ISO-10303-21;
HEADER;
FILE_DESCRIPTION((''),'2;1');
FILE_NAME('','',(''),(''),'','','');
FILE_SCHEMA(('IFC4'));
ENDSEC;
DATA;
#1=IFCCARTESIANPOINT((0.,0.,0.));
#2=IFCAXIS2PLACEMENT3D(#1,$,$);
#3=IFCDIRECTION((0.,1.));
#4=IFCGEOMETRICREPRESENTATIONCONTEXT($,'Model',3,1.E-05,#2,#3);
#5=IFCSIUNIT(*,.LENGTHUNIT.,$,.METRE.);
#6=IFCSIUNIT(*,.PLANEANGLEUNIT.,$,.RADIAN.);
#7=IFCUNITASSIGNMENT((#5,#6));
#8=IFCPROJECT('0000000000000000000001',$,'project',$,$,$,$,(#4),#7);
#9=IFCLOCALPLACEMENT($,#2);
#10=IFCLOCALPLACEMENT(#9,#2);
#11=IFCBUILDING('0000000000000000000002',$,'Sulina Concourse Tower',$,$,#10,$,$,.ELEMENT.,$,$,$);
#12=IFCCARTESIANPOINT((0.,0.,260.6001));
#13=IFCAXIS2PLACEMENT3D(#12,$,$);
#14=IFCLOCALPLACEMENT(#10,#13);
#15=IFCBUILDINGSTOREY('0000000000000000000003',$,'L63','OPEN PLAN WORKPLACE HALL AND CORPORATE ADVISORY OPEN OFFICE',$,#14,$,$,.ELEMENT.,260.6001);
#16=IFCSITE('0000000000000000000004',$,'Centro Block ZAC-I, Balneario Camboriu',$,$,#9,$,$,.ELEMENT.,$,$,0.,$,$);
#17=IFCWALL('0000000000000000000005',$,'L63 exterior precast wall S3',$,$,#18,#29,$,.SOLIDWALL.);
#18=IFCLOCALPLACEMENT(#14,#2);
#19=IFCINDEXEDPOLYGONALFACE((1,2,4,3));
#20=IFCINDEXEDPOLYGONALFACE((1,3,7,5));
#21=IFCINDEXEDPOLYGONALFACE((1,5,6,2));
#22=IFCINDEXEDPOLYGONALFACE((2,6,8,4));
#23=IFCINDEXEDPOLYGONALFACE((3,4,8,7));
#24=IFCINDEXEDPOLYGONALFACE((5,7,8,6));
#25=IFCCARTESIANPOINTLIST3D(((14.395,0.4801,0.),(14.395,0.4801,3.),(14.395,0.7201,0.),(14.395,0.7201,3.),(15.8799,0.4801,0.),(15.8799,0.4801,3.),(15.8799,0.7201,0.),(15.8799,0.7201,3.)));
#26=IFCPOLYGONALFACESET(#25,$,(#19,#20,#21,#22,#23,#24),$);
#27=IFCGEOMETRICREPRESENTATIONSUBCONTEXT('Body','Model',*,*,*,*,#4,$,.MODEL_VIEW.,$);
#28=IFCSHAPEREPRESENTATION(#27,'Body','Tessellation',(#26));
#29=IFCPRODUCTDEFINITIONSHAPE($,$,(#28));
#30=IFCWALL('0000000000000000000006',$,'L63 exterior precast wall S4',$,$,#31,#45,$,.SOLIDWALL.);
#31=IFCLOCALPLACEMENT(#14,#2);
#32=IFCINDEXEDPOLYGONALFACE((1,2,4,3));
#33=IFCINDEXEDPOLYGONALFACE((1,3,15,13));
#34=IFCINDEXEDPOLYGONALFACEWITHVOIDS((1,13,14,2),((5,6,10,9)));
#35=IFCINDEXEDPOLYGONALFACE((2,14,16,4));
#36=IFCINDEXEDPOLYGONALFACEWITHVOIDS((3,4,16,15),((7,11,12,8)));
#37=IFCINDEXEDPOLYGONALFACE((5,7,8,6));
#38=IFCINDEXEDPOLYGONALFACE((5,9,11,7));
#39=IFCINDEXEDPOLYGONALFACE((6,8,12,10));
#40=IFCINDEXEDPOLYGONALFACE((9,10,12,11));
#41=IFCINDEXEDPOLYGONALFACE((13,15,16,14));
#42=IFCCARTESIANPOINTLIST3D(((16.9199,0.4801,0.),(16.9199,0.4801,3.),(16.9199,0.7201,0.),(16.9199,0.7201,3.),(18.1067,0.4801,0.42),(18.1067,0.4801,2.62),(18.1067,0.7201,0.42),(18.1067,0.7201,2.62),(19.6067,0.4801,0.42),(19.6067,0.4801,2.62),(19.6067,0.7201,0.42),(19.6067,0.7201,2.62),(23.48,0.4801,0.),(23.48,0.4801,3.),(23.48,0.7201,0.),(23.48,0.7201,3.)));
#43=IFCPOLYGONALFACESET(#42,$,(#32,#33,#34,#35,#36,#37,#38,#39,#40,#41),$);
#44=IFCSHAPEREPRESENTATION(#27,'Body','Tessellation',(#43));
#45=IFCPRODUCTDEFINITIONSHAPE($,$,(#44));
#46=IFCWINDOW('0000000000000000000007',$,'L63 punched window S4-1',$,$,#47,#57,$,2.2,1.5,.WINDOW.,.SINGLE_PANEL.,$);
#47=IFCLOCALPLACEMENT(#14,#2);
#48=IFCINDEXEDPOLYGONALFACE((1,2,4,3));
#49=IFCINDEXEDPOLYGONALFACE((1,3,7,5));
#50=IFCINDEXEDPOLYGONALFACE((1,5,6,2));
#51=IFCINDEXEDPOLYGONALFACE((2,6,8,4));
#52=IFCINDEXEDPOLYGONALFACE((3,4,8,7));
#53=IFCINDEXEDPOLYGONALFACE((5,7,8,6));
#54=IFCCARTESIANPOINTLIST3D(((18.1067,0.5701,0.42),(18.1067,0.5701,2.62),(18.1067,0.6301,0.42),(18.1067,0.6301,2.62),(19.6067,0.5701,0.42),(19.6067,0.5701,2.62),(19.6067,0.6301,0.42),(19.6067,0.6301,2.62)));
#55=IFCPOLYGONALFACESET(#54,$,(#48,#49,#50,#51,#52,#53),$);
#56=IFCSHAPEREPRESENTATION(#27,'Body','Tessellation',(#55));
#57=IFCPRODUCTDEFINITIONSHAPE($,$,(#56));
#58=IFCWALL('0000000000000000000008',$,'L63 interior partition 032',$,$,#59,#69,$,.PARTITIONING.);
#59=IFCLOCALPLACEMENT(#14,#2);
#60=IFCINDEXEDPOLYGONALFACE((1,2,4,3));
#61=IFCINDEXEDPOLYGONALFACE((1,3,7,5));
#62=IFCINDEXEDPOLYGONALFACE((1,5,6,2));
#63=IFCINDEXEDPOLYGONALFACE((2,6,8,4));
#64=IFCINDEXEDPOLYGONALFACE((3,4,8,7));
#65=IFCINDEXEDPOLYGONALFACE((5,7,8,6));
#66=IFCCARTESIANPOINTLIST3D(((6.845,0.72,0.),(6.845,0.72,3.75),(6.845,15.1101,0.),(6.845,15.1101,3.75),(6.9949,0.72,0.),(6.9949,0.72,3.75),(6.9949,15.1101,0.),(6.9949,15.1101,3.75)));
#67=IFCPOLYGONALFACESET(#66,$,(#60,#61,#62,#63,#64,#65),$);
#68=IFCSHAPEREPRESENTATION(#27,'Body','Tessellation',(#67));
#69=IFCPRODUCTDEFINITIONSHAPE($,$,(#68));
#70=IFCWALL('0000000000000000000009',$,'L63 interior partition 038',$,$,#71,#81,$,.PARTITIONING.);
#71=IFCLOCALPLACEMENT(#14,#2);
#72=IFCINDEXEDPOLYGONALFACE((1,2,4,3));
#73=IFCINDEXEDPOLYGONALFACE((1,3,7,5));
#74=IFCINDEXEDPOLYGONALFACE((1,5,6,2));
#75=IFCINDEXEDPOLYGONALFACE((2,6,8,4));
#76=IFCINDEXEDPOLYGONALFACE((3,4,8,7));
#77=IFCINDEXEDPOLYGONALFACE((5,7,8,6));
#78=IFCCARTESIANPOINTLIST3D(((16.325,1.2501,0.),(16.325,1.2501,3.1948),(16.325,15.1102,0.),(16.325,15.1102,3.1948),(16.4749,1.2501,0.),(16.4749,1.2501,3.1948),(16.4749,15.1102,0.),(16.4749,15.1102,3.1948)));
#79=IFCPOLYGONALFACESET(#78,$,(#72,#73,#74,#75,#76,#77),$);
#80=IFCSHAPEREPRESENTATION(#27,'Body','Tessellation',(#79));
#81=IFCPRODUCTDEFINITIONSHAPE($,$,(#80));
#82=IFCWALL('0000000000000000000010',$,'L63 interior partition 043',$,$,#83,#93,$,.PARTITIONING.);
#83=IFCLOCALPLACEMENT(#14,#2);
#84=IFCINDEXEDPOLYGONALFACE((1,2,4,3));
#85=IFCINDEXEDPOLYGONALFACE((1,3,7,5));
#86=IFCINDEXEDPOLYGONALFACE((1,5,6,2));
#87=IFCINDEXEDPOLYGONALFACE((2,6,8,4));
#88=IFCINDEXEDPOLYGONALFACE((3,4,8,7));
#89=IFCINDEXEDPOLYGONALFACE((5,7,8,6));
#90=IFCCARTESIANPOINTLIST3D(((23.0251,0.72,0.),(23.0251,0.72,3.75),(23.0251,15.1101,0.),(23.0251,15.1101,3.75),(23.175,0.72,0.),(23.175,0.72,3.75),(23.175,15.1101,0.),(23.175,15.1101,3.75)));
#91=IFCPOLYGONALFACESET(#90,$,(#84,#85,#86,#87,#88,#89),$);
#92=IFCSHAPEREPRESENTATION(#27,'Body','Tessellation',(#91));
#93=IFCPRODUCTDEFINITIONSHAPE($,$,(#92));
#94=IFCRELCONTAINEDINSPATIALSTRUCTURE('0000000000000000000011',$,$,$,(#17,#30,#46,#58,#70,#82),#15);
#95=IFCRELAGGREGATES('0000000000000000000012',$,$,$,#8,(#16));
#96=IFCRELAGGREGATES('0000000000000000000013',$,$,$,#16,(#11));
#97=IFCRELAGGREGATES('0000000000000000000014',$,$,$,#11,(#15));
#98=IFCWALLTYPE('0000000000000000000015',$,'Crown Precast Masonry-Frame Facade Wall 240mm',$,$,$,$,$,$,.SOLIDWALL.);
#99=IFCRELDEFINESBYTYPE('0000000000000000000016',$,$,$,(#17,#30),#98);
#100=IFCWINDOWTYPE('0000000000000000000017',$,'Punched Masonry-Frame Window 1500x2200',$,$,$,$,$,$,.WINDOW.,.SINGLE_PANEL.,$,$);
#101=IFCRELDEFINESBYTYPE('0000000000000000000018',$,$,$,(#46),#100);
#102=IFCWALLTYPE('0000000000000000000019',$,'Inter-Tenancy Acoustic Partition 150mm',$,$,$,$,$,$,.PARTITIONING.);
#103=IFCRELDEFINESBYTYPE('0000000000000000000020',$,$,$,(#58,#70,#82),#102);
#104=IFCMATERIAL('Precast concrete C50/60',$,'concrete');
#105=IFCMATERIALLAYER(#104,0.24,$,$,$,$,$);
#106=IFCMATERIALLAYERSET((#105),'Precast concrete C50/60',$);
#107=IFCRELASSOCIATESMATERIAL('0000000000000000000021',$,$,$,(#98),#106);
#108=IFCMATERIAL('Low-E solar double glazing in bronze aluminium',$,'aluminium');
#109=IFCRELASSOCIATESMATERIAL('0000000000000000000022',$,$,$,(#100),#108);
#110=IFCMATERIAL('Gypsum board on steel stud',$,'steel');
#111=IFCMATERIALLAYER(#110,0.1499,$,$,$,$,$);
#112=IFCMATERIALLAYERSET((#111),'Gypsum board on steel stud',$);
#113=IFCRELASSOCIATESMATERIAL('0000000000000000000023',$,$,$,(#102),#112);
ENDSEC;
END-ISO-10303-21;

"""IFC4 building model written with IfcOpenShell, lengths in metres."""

from ifc_helpers import new_model, si_unit, direction, frame, frame_2d, origin, place, context, subcontext, project, spatial, rectangle, extrude, material, layer, layer_set, type_object, element, fill, save


model = new_model("IFC4")

# Units and contexts
model_context = context("Model", 3, precision=1e-05, world=origin(), true_north=direction((0.0, 1.0)))
body_context = subcontext(model_context, "Body", "Model", "MODEL_VIEW")
ifc_project = project(units=[si_unit("LENGTHUNIT", "METRE"), si_unit("PLANEANGLEUNIT", "RADIAN")], contexts=[model_context])

# Site, building, storey
site_placement = place(None, origin())
site = spatial("IfcSite", under=ifc_project, at=site_placement, Name="Centro Block ZAC-I, Balneario Camboriu", CompositionType="ELEMENT", RefElevation=0.0)
building_placement = place(site_placement, origin())
building = spatial("IfcBuilding", under=site, at=building_placement, Name="Sulina Concourse Tower", CompositionType="ELEMENT")
storey_placement = place(building_placement, frame((0.0, 0.0, 260.6001)))
storey = spatial("IfcBuildingStorey", under=building, at=storey_placement, Name="L63", Description="OPEN PLAN WORKPLACE HALL AND CORPORATE ADVISORY OPEN OFFICE", CompositionType="ELEMENT", Elevation=260.6001)

# Wall
ifc_material_1 = material(Name="Precast concrete C50/60", Category="concrete")
ifc_layer_1 = layer(ifc_material_1, 0.24)
ifc_layer_set_1 = layer_set([ifc_layer_1], Name="Precast concrete C50/60")
wall_type_1 = type_object("IfcWallType", Name="Crown Precast Masonry-Frame Facade Wall 240mm", PredefinedType="SOLIDWALL", material=ifc_layer_set_1)
wall_1_placement = place(storey_placement, frame((15.8799, 0.6001, 0.0), z_axis=(0.0, 0.0, 1.0), x_axis=(-1.0, 0.0, 0.0)))
element("IfcWall", 1, at=wall_1_placement, inside=storey, type_object=wall_type_1, Name="L63 exterior precast wall S3", PredefinedType="SOLIDWALL", context=body_context, shape_type="SweptSolid", body=[
    extrude(rectangle(XDim=1.4849, YDim=0.24, at=frame_2d((0.7424, 0.0))), origin(), (0.0, 0.0, 1.0), 3.0),
])

# Wall, opening, window
wall_2_placement = place(storey_placement, frame((23.48, 0.6001, 0.0), z_axis=(0.0, 0.0, 1.0), x_axis=(-1.0, 0.0, 0.0)))
wall_2 = element("IfcWall", 2, at=wall_2_placement, inside=storey, type_object=wall_type_1, Name="L63 exterior precast wall S4", PredefinedType="SOLIDWALL", context=body_context, shape_type="SweptSolid", body=[
    extrude(rectangle(XDim=6.5601, YDim=0.24, at=frame_2d((3.28, 0.0))), origin(), (0.0, 0.0, 1.0), 3.0),
])
opening_placement = place(wall_2_placement, frame((3.8733, 0.0, 0.4199)))
opening = element("IfcOpeningElement", 3, at=opening_placement, cuts=wall_2, PredefinedType="OPENING", context=body_context, shape_type="SweptSolid", body=[
    extrude(rectangle(XDim=1.5, YDim=2.2, at=frame_2d((0.75, 1.1001))), frame((0.0, 0.1299, 0.0), z_axis=(0.0, -1.0, 0.0), x_axis=(1.0, 0.0, 0.0)), (0.0, 0.0, 1.0), 0.26),
])
ifc_material_2 = material(Name="Low-E solar double glazing in bronze aluminium", Category="aluminium")
window_type = type_object("IfcWindowType", Name="Punched Masonry-Frame Window 1500x2200", PartitioningType="SINGLE_PANEL", PredefinedType="WINDOW", material=ifc_material_2)
window_placement = place(opening_placement, origin())
window = element("IfcWindow", 4, at=window_placement, inside=storey, type_object=window_type, Name="L63 punched window S4-1", OverallHeight=2.2, OverallWidth=1.5, PartitioningType="SINGLE_PANEL", PredefinedType="WINDOW", context=body_context, shape_type="SweptSolid", body=[
    extrude(rectangle(XDim=1.5, YDim=2.2, at=frame_2d((0.75, 1.1001))), frame((0.0, 0.03, 0.0), z_axis=(0.0, -1.0, 0.0), x_axis=(1.0, 0.0, 0.0)), (0.0, 0.0, 1.0), 0.0601),
])
fill(opening, window)

# Walls
ifc_material_3 = material(Name="Gypsum board on steel stud", Category="steel")
ifc_layer_2 = layer(ifc_material_3, 0.1499)
ifc_layer_set_2 = layer_set([ifc_layer_2], Name="Gypsum board on steel stud")
wall_type_2 = type_object("IfcWallType", Name="Inter-Tenancy Acoustic Partition 150mm", PredefinedType="PARTITIONING", material=ifc_layer_set_2)
wall_3_placement = place(storey_placement, frame((6.9199, 0.72, 0.0), z_axis=(0.0, 0.0, 1.0), x_axis=(0.0, 1.0, 0.0)))
element("IfcWall", 5, at=wall_3_placement, inside=storey, type_object=wall_type_2, Name="L63 interior partition 032", PredefinedType="PARTITIONING", context=body_context, shape_type="SweptSolid", body=[
    extrude(rectangle(XDim=14.3901, YDim=0.1499, at=frame_2d((7.1951, 0.0))), origin(), (0.0, 0.0, 1.0), 3.75),
])
wall_4_placement = place(storey_placement, frame((16.3999, 1.25, 0.0), z_axis=(0.0, 0.0, 1.0), x_axis=(0.0, 1.0, 0.0)))
element("IfcWall", 6, at=wall_4_placement, inside=storey, type_object=wall_type_2, Name="L63 interior partition 038", PredefinedType="PARTITIONING", context=body_context, shape_type="SweptSolid", body=[
    extrude(rectangle(XDim=13.8601, YDim=0.1499, at=frame_2d((6.9302, 0.0))), origin(), (0.0, 0.0, 1.0), 3.1948),
])
wall_5_placement = place(storey_placement, frame((23.1001, 0.72, 0.0), z_axis=(0.0, 0.0, 1.0), x_axis=(0.0, 1.0, 0.0)))
element("IfcWall", 7, at=wall_5_placement, inside=storey, type_object=wall_type_2, Name="L63 interior partition 043", PredefinedType="PARTITIONING", context=body_context, shape_type="SweptSolid", body=[
    extrude(rectangle(XDim=14.3901, YDim=0.1499, at=frame_2d((7.1951, 0.0))), origin(), (0.0, 0.0, 1.0), 3.75),
])

save(model, "model.ifc")
